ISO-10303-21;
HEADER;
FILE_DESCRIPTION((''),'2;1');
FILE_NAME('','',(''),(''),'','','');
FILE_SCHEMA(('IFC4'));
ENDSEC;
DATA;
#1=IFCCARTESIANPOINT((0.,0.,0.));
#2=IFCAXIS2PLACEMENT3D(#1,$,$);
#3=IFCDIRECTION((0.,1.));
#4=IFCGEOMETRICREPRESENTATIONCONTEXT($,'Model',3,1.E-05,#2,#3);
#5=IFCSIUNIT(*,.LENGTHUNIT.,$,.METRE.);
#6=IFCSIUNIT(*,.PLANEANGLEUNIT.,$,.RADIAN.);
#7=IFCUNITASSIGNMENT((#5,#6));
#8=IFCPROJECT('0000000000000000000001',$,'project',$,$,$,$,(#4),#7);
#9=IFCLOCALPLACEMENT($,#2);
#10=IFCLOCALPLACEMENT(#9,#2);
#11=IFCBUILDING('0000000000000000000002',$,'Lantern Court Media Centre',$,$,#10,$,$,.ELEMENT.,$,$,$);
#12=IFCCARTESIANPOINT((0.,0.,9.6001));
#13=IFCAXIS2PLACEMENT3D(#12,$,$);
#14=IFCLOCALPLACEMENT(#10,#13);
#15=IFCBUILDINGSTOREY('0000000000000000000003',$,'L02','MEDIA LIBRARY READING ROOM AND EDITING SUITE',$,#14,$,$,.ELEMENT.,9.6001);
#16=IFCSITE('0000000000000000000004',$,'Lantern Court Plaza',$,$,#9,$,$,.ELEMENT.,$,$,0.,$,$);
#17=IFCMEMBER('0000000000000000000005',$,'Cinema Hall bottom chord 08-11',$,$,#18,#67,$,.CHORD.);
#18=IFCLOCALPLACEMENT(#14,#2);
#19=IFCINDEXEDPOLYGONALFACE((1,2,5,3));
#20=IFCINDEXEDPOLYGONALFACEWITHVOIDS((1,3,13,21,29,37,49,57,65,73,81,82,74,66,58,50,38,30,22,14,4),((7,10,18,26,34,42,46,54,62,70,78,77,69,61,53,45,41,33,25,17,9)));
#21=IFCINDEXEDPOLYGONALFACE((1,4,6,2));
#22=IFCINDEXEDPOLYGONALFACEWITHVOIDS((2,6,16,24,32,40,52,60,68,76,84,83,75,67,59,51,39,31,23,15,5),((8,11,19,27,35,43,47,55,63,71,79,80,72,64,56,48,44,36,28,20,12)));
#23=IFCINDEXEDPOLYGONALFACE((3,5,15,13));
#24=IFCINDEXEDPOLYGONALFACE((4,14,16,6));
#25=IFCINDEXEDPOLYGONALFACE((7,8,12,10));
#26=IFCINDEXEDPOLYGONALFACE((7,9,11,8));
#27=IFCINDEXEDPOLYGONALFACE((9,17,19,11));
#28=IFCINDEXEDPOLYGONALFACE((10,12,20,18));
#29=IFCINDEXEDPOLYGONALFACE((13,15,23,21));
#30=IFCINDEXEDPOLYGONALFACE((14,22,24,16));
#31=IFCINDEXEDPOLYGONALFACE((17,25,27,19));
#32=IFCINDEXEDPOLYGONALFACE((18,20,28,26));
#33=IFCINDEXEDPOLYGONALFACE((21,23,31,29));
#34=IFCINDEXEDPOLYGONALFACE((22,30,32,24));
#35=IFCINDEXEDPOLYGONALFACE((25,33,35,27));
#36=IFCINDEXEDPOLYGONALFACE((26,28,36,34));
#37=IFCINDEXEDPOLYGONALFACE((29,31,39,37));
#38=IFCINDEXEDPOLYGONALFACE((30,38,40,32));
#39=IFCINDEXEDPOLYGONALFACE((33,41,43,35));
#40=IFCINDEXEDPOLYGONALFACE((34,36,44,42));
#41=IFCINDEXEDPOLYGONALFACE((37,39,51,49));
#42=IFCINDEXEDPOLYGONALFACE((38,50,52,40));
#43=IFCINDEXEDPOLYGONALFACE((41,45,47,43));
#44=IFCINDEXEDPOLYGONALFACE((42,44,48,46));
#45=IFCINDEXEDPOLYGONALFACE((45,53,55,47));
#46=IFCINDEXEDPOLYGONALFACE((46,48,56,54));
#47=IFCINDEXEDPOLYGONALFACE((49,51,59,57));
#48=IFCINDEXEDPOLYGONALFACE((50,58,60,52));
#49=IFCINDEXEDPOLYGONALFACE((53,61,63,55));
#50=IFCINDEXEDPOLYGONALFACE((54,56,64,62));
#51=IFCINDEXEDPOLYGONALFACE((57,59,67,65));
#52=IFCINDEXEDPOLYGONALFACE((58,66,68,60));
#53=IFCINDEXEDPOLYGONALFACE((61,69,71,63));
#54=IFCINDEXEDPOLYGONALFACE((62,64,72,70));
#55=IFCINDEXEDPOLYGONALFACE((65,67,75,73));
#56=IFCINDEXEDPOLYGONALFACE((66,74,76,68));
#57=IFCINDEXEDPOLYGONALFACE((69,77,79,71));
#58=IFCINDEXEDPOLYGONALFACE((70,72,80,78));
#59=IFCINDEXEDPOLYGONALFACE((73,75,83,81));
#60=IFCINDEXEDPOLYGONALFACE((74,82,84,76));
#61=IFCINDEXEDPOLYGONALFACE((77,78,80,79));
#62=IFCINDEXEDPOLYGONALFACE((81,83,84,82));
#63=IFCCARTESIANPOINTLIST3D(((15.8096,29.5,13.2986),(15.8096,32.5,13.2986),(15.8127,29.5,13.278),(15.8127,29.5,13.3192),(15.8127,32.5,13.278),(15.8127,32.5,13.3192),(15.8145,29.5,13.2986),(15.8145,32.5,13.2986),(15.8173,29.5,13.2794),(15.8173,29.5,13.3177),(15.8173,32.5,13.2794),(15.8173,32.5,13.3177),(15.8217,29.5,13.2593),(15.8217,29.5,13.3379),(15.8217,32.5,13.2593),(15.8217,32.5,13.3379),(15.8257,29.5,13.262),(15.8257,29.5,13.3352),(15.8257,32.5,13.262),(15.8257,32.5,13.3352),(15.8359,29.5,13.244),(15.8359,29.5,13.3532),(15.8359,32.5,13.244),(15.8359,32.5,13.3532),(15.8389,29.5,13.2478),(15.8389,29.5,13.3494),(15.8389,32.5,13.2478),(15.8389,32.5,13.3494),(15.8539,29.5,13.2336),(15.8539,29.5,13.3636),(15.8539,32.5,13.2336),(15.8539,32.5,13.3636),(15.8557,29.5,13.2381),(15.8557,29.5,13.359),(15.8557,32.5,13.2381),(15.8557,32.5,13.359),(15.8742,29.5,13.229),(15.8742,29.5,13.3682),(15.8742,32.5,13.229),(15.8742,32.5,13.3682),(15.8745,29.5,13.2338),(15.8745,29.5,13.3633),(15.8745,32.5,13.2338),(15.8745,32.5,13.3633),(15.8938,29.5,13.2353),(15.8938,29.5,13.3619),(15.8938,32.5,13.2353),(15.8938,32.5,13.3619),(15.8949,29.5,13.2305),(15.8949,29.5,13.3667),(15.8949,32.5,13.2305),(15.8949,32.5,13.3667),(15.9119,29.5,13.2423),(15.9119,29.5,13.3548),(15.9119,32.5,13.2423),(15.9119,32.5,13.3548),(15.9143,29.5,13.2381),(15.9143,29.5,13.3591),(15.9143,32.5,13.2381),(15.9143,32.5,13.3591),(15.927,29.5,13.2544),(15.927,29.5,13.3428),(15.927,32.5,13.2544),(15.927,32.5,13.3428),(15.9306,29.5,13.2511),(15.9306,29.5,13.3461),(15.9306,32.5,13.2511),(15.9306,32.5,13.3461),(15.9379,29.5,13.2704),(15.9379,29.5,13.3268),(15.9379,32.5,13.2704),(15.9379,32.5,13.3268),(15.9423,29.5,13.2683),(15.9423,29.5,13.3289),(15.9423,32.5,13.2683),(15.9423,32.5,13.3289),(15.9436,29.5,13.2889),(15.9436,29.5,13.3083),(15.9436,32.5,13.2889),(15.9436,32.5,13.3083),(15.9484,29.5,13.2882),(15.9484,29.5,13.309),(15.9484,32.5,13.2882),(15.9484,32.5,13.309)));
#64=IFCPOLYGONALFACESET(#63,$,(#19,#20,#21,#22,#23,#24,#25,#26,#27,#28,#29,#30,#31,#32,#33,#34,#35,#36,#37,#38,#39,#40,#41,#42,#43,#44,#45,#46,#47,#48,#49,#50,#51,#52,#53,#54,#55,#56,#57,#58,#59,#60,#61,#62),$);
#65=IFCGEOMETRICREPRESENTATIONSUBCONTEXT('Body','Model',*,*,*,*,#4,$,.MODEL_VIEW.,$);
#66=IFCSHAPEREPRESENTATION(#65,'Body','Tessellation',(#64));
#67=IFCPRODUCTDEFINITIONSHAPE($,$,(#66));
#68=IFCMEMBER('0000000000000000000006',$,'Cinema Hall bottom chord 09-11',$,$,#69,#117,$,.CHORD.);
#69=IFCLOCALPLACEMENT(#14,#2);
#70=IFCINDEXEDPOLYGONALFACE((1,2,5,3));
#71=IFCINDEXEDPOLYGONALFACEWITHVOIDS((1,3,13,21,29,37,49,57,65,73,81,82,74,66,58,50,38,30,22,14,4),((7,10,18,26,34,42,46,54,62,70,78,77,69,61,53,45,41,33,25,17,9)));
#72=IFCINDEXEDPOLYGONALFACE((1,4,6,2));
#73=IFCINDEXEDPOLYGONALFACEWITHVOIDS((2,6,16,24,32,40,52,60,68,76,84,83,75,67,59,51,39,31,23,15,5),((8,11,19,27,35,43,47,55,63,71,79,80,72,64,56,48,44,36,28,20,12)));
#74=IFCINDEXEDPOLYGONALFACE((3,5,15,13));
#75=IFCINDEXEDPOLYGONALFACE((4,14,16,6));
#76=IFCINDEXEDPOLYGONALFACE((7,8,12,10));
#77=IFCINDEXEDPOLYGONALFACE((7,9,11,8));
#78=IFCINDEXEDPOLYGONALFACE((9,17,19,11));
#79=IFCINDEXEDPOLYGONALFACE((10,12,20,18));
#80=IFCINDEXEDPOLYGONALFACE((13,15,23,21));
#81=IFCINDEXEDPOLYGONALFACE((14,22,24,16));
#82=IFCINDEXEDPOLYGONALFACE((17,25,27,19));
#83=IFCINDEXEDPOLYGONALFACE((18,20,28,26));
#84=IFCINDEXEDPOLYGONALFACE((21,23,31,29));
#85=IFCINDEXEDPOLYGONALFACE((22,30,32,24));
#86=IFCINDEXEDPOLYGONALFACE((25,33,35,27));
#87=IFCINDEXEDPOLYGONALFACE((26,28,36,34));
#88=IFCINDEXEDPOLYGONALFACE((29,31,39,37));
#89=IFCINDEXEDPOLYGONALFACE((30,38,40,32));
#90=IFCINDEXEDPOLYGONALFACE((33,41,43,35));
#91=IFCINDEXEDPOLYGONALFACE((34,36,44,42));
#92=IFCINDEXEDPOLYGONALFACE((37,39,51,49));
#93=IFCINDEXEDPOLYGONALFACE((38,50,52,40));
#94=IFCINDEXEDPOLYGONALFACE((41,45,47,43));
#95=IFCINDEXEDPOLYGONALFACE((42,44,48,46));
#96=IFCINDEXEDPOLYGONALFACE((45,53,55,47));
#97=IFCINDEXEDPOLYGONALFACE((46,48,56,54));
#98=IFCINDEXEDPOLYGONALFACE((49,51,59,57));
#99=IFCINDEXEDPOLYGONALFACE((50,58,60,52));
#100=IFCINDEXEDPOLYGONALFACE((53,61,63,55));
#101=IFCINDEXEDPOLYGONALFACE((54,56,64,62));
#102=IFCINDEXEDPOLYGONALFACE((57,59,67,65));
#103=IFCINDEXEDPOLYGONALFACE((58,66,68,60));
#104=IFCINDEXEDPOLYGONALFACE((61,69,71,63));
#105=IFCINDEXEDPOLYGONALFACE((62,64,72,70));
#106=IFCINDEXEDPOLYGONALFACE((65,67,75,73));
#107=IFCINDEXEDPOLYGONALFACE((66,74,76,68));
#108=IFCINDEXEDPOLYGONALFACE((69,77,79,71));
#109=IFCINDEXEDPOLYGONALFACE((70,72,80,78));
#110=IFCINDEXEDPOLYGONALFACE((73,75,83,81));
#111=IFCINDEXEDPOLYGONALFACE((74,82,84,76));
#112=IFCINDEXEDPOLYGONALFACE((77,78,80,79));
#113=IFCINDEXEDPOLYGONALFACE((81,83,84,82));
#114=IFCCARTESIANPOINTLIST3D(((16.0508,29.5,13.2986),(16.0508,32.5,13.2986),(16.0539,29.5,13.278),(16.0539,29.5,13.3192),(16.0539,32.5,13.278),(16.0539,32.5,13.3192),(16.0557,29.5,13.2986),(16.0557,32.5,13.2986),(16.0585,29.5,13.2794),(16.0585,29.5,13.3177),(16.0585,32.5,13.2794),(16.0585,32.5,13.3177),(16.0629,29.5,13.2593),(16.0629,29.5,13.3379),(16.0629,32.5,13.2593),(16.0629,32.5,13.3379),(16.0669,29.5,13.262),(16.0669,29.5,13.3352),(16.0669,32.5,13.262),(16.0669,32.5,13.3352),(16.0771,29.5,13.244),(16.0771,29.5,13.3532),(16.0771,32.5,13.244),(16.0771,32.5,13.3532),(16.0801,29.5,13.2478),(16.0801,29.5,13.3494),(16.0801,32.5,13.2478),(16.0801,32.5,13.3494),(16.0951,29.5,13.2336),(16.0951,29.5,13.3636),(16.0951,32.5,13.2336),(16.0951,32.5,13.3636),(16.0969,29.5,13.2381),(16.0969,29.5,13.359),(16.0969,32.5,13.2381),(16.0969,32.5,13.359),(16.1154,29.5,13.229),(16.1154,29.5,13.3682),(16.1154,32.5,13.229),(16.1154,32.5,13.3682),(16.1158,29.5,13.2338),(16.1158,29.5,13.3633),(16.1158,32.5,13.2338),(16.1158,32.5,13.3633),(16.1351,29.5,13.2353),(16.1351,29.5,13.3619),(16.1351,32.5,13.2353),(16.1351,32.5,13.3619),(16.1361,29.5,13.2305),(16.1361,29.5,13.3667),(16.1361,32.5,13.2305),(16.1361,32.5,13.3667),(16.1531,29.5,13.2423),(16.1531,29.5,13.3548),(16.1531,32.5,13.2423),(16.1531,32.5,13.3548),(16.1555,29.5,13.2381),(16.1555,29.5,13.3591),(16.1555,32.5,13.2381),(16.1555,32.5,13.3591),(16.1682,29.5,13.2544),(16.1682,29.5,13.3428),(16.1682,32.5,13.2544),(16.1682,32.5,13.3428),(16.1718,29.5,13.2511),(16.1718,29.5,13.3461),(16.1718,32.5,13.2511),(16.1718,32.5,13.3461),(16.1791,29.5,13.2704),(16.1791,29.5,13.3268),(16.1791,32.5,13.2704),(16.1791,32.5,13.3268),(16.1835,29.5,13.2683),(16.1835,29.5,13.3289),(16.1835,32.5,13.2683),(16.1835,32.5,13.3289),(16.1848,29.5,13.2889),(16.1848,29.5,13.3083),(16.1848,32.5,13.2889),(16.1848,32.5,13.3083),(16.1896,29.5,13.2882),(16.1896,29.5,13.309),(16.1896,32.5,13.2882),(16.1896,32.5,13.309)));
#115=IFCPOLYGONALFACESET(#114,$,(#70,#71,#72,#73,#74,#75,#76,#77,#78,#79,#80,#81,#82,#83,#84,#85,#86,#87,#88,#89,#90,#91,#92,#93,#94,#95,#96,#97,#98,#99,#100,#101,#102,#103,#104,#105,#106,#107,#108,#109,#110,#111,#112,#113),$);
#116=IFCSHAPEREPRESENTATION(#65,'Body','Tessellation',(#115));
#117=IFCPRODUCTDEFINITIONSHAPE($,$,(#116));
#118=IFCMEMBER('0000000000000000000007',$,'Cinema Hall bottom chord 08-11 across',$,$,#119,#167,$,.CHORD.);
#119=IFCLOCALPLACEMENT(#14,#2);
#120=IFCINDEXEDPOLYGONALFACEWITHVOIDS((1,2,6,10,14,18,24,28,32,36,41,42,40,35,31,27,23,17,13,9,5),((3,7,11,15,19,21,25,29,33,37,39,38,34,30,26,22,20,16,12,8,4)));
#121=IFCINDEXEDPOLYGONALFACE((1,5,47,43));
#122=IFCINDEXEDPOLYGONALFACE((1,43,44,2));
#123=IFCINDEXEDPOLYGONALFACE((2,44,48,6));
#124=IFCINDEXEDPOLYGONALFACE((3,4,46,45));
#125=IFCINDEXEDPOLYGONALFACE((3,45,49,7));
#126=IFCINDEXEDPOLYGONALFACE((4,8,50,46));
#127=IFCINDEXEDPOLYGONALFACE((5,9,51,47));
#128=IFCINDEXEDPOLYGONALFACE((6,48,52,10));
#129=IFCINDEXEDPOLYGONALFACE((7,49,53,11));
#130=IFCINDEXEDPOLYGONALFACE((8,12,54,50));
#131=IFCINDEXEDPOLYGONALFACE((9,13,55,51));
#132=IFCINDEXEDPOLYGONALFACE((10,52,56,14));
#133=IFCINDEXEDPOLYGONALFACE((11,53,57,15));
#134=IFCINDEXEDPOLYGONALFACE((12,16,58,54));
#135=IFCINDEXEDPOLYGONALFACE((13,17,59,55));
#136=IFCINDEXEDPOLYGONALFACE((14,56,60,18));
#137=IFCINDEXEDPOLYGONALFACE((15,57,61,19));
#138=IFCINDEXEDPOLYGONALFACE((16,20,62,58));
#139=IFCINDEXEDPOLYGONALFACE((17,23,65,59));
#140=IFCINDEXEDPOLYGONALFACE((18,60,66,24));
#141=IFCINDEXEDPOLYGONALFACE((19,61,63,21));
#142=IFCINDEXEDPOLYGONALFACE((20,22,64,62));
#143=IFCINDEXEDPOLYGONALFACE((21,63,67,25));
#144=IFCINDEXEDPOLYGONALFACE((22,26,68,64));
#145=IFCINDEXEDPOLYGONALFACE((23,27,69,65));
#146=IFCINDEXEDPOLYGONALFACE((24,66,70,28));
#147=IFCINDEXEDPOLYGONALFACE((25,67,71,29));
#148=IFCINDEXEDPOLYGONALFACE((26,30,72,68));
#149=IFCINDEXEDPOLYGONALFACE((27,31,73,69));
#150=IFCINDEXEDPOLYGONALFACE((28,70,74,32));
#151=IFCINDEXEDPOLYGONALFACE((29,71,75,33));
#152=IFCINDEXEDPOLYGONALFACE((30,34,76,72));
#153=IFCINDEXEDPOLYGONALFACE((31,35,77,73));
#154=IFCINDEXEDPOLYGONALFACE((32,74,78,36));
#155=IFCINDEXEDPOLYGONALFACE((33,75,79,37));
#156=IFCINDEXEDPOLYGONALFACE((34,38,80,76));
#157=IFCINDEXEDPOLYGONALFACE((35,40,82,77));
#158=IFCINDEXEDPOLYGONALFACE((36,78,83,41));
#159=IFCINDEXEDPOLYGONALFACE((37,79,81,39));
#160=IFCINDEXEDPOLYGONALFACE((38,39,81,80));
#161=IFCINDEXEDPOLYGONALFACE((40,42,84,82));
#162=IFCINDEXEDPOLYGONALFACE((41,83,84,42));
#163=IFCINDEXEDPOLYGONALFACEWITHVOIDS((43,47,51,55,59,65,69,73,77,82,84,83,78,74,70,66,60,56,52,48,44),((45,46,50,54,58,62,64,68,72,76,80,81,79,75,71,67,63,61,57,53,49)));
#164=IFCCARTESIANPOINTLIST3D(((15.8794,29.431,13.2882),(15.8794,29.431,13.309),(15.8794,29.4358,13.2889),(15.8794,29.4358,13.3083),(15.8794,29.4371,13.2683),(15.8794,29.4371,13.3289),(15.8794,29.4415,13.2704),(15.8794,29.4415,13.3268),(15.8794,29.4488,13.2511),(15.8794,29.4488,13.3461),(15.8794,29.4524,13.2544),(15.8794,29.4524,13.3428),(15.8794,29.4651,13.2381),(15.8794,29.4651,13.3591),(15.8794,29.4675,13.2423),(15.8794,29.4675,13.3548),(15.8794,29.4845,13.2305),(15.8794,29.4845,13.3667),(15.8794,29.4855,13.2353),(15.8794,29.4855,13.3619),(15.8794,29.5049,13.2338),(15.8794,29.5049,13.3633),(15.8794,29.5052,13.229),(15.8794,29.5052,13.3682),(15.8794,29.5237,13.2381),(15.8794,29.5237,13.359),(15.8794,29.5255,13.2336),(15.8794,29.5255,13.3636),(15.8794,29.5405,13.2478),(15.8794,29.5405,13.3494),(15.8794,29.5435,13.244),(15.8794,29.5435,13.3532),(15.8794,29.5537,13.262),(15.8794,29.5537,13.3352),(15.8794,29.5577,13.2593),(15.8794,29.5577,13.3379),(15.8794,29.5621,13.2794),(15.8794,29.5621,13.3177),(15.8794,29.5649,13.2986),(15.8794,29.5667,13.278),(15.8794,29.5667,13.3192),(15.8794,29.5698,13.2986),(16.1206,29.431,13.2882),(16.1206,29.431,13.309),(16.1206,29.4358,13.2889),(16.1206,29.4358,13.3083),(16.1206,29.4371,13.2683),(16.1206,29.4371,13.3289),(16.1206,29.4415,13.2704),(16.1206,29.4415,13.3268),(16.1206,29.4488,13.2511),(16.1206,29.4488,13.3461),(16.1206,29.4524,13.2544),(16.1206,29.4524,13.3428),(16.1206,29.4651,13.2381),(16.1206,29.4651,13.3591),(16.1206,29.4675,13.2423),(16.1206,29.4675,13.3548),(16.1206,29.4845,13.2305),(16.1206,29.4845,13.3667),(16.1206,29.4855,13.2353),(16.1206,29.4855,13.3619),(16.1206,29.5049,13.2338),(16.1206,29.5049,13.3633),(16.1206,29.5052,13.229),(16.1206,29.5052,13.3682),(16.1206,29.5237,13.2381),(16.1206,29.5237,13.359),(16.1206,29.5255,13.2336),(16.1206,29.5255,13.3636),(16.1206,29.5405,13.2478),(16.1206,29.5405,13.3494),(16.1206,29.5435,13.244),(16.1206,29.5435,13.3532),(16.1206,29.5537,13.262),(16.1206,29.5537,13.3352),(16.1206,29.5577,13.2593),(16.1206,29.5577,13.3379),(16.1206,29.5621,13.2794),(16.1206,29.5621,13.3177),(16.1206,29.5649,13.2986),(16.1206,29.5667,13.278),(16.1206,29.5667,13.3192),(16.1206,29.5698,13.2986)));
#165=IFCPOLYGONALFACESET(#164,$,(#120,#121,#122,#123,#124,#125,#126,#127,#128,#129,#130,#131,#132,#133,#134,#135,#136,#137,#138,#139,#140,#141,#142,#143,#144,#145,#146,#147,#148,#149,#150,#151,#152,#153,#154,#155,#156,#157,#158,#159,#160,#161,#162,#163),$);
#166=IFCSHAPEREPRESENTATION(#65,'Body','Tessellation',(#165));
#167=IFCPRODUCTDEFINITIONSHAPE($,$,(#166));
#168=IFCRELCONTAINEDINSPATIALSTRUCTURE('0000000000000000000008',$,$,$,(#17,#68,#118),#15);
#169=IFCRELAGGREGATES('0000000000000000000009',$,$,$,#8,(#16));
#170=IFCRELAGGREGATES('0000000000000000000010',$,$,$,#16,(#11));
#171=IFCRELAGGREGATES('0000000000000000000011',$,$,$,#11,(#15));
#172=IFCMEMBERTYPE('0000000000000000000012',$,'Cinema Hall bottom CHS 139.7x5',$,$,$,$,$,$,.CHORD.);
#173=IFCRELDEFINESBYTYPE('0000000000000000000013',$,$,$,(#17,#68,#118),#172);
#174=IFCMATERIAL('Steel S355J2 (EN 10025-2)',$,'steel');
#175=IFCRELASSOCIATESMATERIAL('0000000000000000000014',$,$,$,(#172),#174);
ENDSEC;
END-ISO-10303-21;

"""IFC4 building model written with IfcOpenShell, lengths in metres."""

from ifc_helpers import new_model, si_unit, direction, frame, origin, origin_2d, place, context, subcontext, project, spatial, hollow_circle, extrude, material, material_profile, profile_set, type_object, element, save


model = new_model("IFC4")

# Units and contexts
model_context = context("Model", 3, precision=1e-05, world=origin(), true_north=direction((0.0, 1.0)))
body_context = subcontext(model_context, "Body", "Model", "MODEL_VIEW")
ifc_project = project(units=[si_unit("LENGTHUNIT", "METRE"), si_unit("PLANEANGLEUNIT", "RADIAN")], contexts=[model_context])

# Site, building, storey
site_placement = place(None, origin())
site = spatial("IfcSite", under=ifc_project, at=site_placement, Name="Lantern Court Plaza", CompositionType="ELEMENT", RefElevation=0.0)
building_placement = place(site_placement, origin())
building = spatial("IfcBuilding", under=site, at=building_placement, Name="Lantern Court Media Centre", CompositionType="ELEMENT")
storey_placement = place(building_placement, frame((0.0, 0.0, 9.6001)))
storey = spatial("IfcBuildingStorey", under=building, at=storey_placement, Name="L02", Description="MEDIA LIBRARY READING ROOM AND EDITING SUITE", CompositionType="ELEMENT", Elevation=9.6001)

# Members
ifc_material = material(Name="Steel S355J2 (EN 10025-2)", Category="steel")
ifc_material_profile_1 = material_profile(ifc_material, hollow_circle(Radius=0.0698, WallThickness=0.0049, at=origin_2d()), Name="Cinema Hall bottom CHS 139.7x5")
ifc_profile_set_1 = profile_set([ifc_material_profile_1], Name="Steel S355J2 (EN 10025-2)")
member_type_1 = type_object("IfcMemberType", Name="Cinema Hall bottom CHS 139.7x5", PredefinedType="CHORD", material=ifc_profile_set_1)
for number, where, z_axis, x_axis, name in (
    (1, (15.8794, 29.5, 13.2986), (0.0, 1.0, 0.0), (-1.0, 0.0, 0.0), "Cinema Hall bottom chord 08-11"),
    (2, (16.1206, 29.5, 13.2986), (0.0, 1.0, 0.0), (-1.0, 0.0, 0.0), "Cinema Hall bottom chord 09-11"),
):
    element("IfcMember", number, at=place(storey_placement, frame(where, z_axis=z_axis, x_axis=x_axis)), inside=storey, type_object=member_type_1, Name=name, PredefinedType="CHORD", context=body_context, shape_type="SweptSolid", body=[
        extrude(hollow_circle(Radius=0.0698, WallThickness=0.0049, at=origin_2d()), origin(), (0.0, 0.0, 1.0), 3.0),
    ])
member_1_placement = place(storey_placement, frame((15.8794, 29.5, 13.2986), z_axis=(1.0, 0.0, 0.0), x_axis=(0.0, 1.0, 0.0)))
element("IfcMember", 3, at=member_1_placement, inside=storey, type_object=member_type_1, Name="Cinema Hall bottom chord 08-11 across", PredefinedType="CHORD", context=body_context, shape_type="SweptSolid", body=[
    extrude(hollow_circle(Radius=0.0698, WallThickness=0.0049, at=origin_2d()), origin(), (0.0, 0.0, 1.0), 0.2412),
])

save(model, "model.ifc")
